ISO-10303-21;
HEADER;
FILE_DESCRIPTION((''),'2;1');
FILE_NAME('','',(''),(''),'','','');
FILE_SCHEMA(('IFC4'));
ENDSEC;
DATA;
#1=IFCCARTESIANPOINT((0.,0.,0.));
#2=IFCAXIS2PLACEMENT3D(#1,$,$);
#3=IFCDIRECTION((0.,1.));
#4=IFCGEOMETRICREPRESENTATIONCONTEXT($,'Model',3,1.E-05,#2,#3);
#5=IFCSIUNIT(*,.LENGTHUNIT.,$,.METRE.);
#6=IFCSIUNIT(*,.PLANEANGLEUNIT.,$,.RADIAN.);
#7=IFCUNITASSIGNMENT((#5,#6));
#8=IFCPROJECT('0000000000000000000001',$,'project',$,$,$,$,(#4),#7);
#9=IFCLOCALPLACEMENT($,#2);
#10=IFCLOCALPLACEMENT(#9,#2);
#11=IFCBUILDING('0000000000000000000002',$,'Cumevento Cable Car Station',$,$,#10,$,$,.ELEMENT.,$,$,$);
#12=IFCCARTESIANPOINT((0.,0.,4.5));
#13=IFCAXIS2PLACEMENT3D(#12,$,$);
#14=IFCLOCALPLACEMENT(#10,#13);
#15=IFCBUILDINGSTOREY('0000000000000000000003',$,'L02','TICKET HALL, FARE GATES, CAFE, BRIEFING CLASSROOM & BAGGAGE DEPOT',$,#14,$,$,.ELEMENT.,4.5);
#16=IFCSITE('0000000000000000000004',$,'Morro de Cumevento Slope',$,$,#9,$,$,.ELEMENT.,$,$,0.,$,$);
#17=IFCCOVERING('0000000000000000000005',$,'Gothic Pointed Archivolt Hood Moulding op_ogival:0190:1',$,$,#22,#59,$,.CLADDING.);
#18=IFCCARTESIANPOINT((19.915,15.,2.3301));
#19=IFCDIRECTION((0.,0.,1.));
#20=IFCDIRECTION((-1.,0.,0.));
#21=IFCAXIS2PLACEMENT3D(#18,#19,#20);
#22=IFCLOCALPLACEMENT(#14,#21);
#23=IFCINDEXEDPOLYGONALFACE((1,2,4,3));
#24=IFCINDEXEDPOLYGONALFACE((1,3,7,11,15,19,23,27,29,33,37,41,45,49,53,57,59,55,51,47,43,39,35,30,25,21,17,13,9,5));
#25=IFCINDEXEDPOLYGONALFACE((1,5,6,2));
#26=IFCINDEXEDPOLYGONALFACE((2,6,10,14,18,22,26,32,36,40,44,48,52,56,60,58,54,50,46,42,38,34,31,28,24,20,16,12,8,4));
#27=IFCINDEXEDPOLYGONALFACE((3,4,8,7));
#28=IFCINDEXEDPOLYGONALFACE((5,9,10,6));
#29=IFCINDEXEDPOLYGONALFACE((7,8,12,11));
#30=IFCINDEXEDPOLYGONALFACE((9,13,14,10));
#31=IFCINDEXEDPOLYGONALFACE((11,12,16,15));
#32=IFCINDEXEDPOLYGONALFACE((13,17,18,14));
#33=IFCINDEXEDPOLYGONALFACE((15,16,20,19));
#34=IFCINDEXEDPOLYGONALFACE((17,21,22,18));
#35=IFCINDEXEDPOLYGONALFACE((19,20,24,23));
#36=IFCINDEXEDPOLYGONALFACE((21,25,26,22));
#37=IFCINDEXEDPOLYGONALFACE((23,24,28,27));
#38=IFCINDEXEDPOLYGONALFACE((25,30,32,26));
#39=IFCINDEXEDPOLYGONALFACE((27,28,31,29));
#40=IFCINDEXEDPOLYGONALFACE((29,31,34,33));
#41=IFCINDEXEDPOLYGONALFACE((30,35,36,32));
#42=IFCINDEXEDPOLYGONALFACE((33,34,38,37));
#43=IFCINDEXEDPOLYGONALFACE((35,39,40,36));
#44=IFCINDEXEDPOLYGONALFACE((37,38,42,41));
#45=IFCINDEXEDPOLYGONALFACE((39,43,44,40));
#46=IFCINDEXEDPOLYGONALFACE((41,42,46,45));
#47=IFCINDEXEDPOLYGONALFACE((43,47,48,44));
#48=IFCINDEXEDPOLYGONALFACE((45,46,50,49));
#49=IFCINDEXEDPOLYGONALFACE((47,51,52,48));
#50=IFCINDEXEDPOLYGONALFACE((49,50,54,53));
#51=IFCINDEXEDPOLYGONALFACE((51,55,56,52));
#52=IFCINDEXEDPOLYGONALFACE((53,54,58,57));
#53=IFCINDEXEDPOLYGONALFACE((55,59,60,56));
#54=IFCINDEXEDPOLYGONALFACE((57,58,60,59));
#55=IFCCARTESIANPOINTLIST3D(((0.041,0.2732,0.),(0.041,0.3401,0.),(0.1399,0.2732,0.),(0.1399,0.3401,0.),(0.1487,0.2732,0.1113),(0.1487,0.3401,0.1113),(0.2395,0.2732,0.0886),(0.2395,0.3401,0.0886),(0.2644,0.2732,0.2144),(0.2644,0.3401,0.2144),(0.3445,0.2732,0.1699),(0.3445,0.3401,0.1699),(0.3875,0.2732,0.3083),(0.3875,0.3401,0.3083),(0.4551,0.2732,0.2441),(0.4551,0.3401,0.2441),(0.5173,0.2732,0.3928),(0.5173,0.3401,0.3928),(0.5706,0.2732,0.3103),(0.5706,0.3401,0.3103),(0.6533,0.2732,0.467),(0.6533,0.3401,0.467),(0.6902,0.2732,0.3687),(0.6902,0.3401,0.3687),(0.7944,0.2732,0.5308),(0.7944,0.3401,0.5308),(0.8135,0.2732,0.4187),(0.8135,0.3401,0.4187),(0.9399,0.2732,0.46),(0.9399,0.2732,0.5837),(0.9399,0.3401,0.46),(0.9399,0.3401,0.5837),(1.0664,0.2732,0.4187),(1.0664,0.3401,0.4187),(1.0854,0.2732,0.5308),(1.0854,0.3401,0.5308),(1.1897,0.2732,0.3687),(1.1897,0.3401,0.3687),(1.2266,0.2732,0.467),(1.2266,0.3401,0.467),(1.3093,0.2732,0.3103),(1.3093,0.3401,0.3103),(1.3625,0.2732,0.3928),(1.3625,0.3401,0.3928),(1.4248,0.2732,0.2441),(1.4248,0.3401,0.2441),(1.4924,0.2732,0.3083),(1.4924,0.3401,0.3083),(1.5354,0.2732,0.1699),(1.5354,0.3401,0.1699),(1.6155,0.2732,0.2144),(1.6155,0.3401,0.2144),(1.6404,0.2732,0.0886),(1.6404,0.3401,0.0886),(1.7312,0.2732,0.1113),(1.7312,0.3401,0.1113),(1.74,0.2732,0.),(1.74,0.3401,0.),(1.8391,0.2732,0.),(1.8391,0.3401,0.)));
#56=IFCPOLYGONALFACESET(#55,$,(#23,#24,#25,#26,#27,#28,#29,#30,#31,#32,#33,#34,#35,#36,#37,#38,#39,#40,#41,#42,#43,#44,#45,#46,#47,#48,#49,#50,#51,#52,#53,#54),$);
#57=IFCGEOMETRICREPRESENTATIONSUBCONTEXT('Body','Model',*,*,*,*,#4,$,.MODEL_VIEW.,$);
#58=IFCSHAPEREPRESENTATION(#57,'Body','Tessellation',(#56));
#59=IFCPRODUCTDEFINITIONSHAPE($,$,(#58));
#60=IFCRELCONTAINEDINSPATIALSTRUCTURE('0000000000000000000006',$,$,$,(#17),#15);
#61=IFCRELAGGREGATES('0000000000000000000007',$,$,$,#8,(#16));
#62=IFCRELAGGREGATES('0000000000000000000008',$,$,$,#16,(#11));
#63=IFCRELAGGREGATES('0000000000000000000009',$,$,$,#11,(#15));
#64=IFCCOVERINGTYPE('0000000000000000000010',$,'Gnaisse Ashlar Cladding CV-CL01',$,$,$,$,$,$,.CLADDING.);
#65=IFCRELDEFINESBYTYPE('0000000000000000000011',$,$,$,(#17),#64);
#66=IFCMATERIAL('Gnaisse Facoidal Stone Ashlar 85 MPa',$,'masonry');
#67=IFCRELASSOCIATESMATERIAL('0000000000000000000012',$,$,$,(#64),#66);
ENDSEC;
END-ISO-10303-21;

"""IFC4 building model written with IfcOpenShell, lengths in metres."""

from ifc_helpers import new_model, si_unit, direction, frame, origin, place, context, subcontext, project, spatial, polyline, outline, extrude, material, type_object, element, save


model = new_model("IFC4")

# Units and contexts
model_context = context("Model", 3, precision=1e-05, world=origin(), true_north=direction((0.0, 1.0)))
body_context = subcontext(model_context, "Body", "Model", "MODEL_VIEW")
ifc_project = project(units=[si_unit("LENGTHUNIT", "METRE"), si_unit("PLANEANGLEUNIT", "RADIAN")], contexts=[model_context])

# Site, building, storey
site_placement = place(None, origin())
site = spatial("IfcSite", under=ifc_project, at=site_placement, Name="Morro de Cumevento Slope", CompositionType="ELEMENT", RefElevation=0.0)
building_placement = place(site_placement, origin())
building = spatial("IfcBuilding", under=site, at=building_placement, Name="Cumevento Cable Car Station", CompositionType="ELEMENT")
storey_placement = place(building_placement, frame((0.0, 0.0, 4.5)))
storey = spatial("IfcBuildingStorey", under=building, at=storey_placement, Name="L02", Description="TICKET HALL, FARE GATES, CAFE, BRIEFING CLASSROOM & BAGGAGE DEPOT", CompositionType="ELEMENT", Elevation=4.5)

# Covering
ifc_material_1 = material(Name="Gnaisse Facoidal Stone Ashlar 85 MPa", Category="masonry")
covering_type = type_object("IfcCoveringType", Name="Gnaisse Ashlar Cladding CV-CL01", PredefinedType="CLADDING", material=ifc_material_1)
covering_1_placement = place(storey_placement, frame((19.915, 15.0, 2.3301), z_axis=(0.0, 0.0, 1.0), x_axis=(-1.0, 0.0, 0.0)))
element("IfcCovering", 1, at=covering_1_placement, inside=storey, type_object=covering_type, Name="Gothic Pointed Archivolt Hood Moulding op_ogival:0190:1", PredefinedType="CLADDING", context=body_context, shape_type="SweptSolid", body=[
    extrude(outline(polyline([(0.1399, 0.0), (0.2395, 0.0886), (0.3445, 0.1699), (0.4551, 0.2441), (0.5706, 0.3103), (0.6902, 0.3687), (0.8135, 0.4187), (0.9399, 0.46), (1.0664, 0.4187), (1.1897, 0.3687), (1.3093, 0.3103), (1.4248, 0.2441), (1.5354, 0.1699), (1.6404, 0.0886), (1.74, 0.0), (1.8391, 0.0), (1.7312, 0.1113), (1.6155, 0.2144), (1.4924, 0.3083), (1.3625, 0.3928), (1.2266, 0.467), (1.0854, 0.5308), (0.9399, 0.5837), (0.7944, 0.5308), (0.6533, 0.467), (0.5173, 0.3928), (0.3875, 0.3083), (0.2644, 0.2144), (0.1487, 0.1113), (0.041, 0.0), (0.1399, 0.0)])), frame((0.0, 0.3401, 0.0), z_axis=(0.0, -1.0, 0.0), x_axis=(1.0, 0.0, 0.0)), (0.0, 0.0, 1.0), 0.0669),
])

save(model, "model.ifc")
